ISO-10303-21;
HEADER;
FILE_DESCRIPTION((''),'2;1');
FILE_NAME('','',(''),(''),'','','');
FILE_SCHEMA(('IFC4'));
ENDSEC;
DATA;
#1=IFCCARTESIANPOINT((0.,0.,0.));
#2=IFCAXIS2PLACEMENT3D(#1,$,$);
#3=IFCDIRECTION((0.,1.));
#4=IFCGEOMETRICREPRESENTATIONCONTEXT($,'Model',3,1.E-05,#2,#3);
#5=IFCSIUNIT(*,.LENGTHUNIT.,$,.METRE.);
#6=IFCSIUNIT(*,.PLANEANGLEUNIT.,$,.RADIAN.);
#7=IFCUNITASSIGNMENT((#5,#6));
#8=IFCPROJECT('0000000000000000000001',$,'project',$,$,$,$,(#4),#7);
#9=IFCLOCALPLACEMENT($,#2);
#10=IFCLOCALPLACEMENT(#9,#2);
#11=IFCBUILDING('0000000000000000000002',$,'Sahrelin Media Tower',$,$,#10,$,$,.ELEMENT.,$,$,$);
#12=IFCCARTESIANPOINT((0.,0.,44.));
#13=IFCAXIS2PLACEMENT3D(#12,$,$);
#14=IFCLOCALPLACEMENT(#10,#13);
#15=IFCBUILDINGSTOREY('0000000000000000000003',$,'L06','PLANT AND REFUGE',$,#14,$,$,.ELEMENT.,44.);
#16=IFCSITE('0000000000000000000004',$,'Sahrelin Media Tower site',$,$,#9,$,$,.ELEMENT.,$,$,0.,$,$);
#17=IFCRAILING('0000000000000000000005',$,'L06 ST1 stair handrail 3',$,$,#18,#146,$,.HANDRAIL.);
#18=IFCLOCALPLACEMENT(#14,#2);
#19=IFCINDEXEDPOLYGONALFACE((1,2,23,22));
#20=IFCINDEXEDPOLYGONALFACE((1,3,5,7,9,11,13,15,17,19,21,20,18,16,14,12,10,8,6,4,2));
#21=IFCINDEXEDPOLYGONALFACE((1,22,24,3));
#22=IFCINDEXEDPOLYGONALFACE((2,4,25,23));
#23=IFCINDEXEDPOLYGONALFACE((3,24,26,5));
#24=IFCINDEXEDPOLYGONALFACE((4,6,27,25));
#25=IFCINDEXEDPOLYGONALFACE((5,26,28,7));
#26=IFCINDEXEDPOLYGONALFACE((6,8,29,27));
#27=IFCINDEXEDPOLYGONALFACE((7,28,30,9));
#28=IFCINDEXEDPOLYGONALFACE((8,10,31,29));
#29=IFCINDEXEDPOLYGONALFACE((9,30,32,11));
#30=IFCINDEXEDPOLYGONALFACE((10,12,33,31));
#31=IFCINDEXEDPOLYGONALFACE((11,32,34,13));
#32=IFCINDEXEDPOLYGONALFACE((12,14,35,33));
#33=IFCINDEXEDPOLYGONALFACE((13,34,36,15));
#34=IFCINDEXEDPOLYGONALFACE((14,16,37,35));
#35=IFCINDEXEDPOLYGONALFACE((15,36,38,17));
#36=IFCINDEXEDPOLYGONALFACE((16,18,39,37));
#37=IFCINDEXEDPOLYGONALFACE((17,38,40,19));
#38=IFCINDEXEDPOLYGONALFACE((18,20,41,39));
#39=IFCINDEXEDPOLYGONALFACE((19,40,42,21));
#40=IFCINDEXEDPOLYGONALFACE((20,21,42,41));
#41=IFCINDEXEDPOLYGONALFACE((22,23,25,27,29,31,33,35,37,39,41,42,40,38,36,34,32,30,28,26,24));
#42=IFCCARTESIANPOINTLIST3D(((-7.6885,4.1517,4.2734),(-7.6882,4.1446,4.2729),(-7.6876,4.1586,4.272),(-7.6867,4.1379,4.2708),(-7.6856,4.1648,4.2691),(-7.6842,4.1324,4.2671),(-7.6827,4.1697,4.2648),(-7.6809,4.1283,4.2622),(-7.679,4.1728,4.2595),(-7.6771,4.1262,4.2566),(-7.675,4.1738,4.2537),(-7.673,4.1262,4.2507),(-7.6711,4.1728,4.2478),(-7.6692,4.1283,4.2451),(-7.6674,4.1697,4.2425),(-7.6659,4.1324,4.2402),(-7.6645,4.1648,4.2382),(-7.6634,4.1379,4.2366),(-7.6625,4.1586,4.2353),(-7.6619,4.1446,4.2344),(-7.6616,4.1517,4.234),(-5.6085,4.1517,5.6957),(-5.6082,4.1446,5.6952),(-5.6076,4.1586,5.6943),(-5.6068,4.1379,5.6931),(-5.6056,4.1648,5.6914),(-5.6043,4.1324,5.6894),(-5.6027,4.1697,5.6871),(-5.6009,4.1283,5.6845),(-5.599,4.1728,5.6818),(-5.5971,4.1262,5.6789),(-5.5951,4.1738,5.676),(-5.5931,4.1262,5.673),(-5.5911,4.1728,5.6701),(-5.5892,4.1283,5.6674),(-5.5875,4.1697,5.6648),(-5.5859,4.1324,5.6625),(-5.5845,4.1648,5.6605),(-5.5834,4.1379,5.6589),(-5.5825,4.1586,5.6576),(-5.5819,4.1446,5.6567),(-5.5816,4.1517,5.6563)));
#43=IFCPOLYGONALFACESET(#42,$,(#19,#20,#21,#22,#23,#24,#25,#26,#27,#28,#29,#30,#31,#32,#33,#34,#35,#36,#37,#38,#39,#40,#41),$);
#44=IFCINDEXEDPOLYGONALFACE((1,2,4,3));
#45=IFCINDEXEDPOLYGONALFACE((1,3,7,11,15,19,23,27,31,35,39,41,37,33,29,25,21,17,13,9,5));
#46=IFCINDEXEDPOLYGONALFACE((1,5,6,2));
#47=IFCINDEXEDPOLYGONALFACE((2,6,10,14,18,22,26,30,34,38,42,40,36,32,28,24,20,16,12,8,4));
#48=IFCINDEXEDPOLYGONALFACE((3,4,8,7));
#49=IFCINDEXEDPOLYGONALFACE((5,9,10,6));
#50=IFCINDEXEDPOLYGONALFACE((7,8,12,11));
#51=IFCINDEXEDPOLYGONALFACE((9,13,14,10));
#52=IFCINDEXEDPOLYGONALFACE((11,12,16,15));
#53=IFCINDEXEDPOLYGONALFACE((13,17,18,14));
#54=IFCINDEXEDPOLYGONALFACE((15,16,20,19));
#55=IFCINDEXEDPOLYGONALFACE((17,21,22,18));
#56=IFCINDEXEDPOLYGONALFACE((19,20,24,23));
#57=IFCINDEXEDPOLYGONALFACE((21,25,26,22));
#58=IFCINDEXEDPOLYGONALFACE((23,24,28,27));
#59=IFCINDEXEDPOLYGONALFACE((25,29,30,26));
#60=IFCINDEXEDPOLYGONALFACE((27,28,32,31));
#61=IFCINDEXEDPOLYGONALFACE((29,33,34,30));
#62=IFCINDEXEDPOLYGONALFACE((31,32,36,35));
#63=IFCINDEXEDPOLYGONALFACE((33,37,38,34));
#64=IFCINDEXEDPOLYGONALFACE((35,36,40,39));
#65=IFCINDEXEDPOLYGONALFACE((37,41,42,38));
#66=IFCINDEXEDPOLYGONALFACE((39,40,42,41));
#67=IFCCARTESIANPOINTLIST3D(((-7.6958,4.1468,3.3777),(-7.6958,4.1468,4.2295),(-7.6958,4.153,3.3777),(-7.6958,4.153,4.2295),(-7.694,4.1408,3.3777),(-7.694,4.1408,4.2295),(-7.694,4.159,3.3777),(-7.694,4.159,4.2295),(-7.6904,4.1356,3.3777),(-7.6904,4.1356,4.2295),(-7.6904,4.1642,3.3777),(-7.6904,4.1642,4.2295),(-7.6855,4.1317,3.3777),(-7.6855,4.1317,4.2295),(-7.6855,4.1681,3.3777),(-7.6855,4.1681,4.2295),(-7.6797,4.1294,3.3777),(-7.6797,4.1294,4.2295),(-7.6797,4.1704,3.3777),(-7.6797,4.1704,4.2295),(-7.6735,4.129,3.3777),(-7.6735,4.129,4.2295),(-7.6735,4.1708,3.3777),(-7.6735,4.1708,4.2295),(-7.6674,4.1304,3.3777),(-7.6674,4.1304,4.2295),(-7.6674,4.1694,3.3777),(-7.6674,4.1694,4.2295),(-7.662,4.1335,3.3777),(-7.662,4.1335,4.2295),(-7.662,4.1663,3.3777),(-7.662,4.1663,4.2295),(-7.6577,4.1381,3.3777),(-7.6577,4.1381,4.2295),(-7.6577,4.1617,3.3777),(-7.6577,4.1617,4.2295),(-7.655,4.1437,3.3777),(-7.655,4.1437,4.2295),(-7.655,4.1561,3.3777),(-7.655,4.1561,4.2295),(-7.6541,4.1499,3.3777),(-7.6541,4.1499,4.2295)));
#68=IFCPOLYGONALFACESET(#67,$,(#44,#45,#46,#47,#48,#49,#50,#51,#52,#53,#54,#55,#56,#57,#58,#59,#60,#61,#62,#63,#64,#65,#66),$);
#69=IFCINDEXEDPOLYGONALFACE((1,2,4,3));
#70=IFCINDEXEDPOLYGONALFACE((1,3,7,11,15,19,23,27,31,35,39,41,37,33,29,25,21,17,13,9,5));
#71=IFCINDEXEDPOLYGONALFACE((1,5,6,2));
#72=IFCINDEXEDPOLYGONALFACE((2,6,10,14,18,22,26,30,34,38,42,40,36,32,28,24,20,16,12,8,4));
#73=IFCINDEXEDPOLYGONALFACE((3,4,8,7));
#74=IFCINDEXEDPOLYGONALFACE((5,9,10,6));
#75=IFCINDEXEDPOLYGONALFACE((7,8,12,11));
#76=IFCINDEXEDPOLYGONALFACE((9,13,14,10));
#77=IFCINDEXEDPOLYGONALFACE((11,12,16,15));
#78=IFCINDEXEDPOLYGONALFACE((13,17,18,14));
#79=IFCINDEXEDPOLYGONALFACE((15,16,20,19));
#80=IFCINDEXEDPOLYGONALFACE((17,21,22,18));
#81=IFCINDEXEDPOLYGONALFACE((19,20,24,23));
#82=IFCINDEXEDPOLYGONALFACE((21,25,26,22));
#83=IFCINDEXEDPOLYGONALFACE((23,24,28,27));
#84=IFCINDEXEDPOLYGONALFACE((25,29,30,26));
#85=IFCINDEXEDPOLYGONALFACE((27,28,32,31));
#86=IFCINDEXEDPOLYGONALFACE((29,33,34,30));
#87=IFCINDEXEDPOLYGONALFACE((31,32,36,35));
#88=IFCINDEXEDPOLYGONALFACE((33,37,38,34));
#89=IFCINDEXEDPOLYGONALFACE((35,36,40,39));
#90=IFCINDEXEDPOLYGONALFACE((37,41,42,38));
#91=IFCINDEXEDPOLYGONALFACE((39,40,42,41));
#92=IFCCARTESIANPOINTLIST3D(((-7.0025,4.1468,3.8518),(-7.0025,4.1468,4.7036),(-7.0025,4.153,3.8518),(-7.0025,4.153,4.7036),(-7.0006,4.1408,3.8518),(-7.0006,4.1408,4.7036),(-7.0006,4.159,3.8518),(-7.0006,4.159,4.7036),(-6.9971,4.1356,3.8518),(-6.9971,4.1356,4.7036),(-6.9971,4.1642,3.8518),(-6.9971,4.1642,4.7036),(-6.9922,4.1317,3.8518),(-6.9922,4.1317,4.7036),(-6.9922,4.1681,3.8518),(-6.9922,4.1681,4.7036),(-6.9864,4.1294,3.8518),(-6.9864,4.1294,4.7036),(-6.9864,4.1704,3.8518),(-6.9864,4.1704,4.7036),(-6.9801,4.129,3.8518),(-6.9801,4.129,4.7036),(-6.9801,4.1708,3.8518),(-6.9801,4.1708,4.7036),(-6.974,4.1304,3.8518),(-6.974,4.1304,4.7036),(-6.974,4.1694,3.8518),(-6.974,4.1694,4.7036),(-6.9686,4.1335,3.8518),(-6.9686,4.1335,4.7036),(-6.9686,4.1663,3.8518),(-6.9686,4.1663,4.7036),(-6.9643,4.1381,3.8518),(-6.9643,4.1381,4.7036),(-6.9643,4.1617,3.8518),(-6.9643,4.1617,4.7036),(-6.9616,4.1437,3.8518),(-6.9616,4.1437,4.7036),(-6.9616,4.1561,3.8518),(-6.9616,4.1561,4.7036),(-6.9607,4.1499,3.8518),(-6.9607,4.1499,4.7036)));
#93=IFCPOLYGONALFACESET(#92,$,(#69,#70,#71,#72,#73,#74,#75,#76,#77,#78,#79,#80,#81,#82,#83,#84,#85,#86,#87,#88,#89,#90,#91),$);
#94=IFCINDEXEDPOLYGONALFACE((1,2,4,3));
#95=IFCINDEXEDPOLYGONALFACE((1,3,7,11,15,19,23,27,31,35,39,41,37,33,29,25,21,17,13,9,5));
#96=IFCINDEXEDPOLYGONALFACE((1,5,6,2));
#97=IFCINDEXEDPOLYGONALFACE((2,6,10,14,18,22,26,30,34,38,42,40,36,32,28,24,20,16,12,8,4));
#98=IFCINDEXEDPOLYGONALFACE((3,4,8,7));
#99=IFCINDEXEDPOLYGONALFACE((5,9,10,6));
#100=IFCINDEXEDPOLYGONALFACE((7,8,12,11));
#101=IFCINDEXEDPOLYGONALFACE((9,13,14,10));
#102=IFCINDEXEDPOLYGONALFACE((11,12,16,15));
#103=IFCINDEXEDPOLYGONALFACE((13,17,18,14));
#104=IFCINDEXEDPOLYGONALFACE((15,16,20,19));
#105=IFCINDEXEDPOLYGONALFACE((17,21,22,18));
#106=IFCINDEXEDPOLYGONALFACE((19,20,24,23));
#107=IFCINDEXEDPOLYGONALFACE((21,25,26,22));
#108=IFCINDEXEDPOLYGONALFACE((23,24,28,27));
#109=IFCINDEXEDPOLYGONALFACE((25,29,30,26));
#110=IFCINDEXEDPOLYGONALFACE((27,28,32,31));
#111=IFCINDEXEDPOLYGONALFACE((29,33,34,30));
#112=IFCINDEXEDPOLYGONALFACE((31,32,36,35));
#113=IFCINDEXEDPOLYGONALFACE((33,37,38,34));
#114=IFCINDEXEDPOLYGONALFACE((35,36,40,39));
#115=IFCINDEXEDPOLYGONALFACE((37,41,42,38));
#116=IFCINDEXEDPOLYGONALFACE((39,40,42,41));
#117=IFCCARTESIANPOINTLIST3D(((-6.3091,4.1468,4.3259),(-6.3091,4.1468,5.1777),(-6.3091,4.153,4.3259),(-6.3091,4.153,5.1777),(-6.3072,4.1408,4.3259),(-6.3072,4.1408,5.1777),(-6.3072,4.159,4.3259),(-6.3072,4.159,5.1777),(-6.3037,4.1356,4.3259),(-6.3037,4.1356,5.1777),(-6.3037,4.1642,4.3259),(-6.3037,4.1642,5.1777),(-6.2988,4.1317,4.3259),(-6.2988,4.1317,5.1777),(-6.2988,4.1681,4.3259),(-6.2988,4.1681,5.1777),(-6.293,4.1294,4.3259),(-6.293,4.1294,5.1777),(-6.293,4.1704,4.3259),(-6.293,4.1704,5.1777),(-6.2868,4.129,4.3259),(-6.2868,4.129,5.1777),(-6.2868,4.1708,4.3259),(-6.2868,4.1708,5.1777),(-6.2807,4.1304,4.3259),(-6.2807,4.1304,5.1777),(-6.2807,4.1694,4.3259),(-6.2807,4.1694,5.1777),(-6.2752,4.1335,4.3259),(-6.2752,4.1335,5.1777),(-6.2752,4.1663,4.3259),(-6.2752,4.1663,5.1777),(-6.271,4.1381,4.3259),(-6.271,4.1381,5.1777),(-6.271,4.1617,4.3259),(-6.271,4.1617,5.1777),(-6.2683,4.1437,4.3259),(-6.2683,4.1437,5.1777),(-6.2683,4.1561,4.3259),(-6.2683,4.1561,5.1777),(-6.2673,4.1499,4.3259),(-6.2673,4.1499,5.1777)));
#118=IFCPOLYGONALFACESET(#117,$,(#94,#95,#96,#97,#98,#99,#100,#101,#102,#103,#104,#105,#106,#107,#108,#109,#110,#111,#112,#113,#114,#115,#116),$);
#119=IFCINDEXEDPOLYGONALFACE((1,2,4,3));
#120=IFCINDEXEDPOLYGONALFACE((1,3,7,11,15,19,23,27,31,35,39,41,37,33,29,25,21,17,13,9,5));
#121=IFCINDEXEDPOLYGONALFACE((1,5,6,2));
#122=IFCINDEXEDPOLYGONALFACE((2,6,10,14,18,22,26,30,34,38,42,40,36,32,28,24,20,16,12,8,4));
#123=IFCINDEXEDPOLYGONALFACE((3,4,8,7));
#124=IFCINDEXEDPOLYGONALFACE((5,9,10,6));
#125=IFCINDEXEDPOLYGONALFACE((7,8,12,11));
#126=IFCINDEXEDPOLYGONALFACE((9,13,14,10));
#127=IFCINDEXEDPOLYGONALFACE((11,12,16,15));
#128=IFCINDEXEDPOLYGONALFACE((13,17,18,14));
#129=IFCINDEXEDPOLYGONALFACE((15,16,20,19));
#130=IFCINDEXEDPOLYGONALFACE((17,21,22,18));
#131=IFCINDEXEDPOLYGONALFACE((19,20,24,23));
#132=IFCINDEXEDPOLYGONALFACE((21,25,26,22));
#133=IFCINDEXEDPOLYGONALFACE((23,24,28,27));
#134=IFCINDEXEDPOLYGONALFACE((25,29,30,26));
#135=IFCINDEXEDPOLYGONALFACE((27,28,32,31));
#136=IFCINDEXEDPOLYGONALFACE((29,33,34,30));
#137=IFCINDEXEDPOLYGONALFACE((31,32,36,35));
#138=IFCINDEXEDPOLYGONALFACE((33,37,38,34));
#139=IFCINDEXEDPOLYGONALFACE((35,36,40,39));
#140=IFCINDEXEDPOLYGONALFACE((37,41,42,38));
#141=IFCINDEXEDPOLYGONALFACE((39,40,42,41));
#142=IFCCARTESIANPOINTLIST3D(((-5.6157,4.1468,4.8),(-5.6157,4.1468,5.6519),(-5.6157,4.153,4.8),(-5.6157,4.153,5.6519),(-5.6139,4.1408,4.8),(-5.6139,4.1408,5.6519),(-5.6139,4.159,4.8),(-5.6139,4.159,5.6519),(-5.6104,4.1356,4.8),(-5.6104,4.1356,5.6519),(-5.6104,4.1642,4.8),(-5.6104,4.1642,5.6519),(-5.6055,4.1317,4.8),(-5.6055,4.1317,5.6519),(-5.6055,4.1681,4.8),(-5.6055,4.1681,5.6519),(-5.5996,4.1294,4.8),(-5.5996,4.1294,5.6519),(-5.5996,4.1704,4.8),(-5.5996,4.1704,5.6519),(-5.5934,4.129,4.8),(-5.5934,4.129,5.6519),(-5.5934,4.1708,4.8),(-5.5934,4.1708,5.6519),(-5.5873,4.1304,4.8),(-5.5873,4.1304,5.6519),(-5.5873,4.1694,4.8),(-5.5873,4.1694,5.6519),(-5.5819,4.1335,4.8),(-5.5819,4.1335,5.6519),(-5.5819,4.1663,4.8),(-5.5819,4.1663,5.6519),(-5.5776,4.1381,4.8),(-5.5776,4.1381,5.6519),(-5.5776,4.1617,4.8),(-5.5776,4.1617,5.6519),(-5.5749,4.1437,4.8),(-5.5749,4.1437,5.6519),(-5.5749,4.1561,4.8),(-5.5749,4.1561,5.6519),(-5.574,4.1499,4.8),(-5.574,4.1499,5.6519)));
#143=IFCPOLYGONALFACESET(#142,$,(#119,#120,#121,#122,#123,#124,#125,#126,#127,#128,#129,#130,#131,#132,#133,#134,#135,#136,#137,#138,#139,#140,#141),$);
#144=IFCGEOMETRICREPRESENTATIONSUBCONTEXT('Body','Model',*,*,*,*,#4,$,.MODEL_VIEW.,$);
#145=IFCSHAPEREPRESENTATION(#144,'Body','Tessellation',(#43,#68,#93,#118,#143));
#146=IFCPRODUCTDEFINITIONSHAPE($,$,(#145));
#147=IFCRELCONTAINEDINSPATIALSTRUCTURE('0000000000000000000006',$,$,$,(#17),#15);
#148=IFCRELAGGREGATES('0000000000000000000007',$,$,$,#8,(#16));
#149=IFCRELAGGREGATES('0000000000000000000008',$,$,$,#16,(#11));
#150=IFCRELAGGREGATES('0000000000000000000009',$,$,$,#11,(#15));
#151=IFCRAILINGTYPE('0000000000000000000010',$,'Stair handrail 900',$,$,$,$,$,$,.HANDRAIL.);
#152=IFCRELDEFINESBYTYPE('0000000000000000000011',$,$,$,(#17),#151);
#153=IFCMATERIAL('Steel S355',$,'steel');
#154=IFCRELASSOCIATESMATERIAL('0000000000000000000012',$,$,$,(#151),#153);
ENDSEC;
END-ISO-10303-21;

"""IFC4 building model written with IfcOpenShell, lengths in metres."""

from ifc_helpers import new_model, si_unit, direction, frame, origin, origin_2d, place, context, subcontext, project, spatial, circle, extrude, material, type_object, element, save


model = new_model("IFC4")

# Units and contexts
model_context = context("Model", 3, precision=1e-05, world=origin(), true_north=direction((0.0, 1.0)))
body_context = subcontext(model_context, "Body", "Model", "MODEL_VIEW")
ifc_project = project(units=[si_unit("LENGTHUNIT", "METRE"), si_unit("PLANEANGLEUNIT", "RADIAN")], contexts=[model_context])

# Site, building, storey
site_placement = place(None, origin())
site = spatial("IfcSite", under=ifc_project, at=site_placement, Name="Sahrelin Media Tower site", CompositionType="ELEMENT", RefElevation=0.0)
building_placement = place(site_placement, origin())
building = spatial("IfcBuilding", under=site, at=building_placement, Name="Sahrelin Media Tower", CompositionType="ELEMENT")
storey_placement = place(building_placement, frame((0.0, 0.0, 44.0)))
storey = spatial("IfcBuildingStorey", under=building, at=storey_placement, Name="L06", Description="PLANT AND REFUGE", CompositionType="ELEMENT", Elevation=44.0)

# Railing
ifc_material_1 = material(Name="Steel S355", Category="steel")
railing_type_1 = type_object("IfcRailingType", Name="Stair handrail 900", PredefinedType="HANDRAIL", material=ifc_material_1)
railing_1_placement = place(storey_placement, frame((-7.675, 4.1499, 3.3777)))
element("IfcRailing", 1, at=railing_1_placement, inside=storey, type_object=railing_type_1, Name="L06 ST1 stair handrail 3", PredefinedType="HANDRAIL", context=body_context, shape_type="SweptSolid", body=[
    extrude(circle(Radius=0.0239, at=origin_2d()), frame((0.0, 0.0, 0.876), z_axis=(0.825464, 0.0, 0.564455), x_axis=(0.0, 1.0, 0.0)), (0.0, 0.0, 1.0), 2.5198),
    extrude(circle(Radius=0.021, at=origin_2d()), origin(), (0.0, 0.0, 1.0), 0.8518),
    extrude(circle(Radius=0.021, at=origin_2d()), frame((0.6934, 0.0, 0.4741)), (0.0, 0.0, 1.0), 0.8518),
    extrude(circle(Radius=0.021, at=origin_2d()), frame((1.3867, 0.0, 0.9482)), (0.0, 0.0, 1.0), 0.8518),
    extrude(circle(Radius=0.021, at=origin_2d()), frame((2.0801, 0.0, 1.4224)), (0.0, 0.0, 1.0), 0.8518),
])

save(model, "model.ifc")
